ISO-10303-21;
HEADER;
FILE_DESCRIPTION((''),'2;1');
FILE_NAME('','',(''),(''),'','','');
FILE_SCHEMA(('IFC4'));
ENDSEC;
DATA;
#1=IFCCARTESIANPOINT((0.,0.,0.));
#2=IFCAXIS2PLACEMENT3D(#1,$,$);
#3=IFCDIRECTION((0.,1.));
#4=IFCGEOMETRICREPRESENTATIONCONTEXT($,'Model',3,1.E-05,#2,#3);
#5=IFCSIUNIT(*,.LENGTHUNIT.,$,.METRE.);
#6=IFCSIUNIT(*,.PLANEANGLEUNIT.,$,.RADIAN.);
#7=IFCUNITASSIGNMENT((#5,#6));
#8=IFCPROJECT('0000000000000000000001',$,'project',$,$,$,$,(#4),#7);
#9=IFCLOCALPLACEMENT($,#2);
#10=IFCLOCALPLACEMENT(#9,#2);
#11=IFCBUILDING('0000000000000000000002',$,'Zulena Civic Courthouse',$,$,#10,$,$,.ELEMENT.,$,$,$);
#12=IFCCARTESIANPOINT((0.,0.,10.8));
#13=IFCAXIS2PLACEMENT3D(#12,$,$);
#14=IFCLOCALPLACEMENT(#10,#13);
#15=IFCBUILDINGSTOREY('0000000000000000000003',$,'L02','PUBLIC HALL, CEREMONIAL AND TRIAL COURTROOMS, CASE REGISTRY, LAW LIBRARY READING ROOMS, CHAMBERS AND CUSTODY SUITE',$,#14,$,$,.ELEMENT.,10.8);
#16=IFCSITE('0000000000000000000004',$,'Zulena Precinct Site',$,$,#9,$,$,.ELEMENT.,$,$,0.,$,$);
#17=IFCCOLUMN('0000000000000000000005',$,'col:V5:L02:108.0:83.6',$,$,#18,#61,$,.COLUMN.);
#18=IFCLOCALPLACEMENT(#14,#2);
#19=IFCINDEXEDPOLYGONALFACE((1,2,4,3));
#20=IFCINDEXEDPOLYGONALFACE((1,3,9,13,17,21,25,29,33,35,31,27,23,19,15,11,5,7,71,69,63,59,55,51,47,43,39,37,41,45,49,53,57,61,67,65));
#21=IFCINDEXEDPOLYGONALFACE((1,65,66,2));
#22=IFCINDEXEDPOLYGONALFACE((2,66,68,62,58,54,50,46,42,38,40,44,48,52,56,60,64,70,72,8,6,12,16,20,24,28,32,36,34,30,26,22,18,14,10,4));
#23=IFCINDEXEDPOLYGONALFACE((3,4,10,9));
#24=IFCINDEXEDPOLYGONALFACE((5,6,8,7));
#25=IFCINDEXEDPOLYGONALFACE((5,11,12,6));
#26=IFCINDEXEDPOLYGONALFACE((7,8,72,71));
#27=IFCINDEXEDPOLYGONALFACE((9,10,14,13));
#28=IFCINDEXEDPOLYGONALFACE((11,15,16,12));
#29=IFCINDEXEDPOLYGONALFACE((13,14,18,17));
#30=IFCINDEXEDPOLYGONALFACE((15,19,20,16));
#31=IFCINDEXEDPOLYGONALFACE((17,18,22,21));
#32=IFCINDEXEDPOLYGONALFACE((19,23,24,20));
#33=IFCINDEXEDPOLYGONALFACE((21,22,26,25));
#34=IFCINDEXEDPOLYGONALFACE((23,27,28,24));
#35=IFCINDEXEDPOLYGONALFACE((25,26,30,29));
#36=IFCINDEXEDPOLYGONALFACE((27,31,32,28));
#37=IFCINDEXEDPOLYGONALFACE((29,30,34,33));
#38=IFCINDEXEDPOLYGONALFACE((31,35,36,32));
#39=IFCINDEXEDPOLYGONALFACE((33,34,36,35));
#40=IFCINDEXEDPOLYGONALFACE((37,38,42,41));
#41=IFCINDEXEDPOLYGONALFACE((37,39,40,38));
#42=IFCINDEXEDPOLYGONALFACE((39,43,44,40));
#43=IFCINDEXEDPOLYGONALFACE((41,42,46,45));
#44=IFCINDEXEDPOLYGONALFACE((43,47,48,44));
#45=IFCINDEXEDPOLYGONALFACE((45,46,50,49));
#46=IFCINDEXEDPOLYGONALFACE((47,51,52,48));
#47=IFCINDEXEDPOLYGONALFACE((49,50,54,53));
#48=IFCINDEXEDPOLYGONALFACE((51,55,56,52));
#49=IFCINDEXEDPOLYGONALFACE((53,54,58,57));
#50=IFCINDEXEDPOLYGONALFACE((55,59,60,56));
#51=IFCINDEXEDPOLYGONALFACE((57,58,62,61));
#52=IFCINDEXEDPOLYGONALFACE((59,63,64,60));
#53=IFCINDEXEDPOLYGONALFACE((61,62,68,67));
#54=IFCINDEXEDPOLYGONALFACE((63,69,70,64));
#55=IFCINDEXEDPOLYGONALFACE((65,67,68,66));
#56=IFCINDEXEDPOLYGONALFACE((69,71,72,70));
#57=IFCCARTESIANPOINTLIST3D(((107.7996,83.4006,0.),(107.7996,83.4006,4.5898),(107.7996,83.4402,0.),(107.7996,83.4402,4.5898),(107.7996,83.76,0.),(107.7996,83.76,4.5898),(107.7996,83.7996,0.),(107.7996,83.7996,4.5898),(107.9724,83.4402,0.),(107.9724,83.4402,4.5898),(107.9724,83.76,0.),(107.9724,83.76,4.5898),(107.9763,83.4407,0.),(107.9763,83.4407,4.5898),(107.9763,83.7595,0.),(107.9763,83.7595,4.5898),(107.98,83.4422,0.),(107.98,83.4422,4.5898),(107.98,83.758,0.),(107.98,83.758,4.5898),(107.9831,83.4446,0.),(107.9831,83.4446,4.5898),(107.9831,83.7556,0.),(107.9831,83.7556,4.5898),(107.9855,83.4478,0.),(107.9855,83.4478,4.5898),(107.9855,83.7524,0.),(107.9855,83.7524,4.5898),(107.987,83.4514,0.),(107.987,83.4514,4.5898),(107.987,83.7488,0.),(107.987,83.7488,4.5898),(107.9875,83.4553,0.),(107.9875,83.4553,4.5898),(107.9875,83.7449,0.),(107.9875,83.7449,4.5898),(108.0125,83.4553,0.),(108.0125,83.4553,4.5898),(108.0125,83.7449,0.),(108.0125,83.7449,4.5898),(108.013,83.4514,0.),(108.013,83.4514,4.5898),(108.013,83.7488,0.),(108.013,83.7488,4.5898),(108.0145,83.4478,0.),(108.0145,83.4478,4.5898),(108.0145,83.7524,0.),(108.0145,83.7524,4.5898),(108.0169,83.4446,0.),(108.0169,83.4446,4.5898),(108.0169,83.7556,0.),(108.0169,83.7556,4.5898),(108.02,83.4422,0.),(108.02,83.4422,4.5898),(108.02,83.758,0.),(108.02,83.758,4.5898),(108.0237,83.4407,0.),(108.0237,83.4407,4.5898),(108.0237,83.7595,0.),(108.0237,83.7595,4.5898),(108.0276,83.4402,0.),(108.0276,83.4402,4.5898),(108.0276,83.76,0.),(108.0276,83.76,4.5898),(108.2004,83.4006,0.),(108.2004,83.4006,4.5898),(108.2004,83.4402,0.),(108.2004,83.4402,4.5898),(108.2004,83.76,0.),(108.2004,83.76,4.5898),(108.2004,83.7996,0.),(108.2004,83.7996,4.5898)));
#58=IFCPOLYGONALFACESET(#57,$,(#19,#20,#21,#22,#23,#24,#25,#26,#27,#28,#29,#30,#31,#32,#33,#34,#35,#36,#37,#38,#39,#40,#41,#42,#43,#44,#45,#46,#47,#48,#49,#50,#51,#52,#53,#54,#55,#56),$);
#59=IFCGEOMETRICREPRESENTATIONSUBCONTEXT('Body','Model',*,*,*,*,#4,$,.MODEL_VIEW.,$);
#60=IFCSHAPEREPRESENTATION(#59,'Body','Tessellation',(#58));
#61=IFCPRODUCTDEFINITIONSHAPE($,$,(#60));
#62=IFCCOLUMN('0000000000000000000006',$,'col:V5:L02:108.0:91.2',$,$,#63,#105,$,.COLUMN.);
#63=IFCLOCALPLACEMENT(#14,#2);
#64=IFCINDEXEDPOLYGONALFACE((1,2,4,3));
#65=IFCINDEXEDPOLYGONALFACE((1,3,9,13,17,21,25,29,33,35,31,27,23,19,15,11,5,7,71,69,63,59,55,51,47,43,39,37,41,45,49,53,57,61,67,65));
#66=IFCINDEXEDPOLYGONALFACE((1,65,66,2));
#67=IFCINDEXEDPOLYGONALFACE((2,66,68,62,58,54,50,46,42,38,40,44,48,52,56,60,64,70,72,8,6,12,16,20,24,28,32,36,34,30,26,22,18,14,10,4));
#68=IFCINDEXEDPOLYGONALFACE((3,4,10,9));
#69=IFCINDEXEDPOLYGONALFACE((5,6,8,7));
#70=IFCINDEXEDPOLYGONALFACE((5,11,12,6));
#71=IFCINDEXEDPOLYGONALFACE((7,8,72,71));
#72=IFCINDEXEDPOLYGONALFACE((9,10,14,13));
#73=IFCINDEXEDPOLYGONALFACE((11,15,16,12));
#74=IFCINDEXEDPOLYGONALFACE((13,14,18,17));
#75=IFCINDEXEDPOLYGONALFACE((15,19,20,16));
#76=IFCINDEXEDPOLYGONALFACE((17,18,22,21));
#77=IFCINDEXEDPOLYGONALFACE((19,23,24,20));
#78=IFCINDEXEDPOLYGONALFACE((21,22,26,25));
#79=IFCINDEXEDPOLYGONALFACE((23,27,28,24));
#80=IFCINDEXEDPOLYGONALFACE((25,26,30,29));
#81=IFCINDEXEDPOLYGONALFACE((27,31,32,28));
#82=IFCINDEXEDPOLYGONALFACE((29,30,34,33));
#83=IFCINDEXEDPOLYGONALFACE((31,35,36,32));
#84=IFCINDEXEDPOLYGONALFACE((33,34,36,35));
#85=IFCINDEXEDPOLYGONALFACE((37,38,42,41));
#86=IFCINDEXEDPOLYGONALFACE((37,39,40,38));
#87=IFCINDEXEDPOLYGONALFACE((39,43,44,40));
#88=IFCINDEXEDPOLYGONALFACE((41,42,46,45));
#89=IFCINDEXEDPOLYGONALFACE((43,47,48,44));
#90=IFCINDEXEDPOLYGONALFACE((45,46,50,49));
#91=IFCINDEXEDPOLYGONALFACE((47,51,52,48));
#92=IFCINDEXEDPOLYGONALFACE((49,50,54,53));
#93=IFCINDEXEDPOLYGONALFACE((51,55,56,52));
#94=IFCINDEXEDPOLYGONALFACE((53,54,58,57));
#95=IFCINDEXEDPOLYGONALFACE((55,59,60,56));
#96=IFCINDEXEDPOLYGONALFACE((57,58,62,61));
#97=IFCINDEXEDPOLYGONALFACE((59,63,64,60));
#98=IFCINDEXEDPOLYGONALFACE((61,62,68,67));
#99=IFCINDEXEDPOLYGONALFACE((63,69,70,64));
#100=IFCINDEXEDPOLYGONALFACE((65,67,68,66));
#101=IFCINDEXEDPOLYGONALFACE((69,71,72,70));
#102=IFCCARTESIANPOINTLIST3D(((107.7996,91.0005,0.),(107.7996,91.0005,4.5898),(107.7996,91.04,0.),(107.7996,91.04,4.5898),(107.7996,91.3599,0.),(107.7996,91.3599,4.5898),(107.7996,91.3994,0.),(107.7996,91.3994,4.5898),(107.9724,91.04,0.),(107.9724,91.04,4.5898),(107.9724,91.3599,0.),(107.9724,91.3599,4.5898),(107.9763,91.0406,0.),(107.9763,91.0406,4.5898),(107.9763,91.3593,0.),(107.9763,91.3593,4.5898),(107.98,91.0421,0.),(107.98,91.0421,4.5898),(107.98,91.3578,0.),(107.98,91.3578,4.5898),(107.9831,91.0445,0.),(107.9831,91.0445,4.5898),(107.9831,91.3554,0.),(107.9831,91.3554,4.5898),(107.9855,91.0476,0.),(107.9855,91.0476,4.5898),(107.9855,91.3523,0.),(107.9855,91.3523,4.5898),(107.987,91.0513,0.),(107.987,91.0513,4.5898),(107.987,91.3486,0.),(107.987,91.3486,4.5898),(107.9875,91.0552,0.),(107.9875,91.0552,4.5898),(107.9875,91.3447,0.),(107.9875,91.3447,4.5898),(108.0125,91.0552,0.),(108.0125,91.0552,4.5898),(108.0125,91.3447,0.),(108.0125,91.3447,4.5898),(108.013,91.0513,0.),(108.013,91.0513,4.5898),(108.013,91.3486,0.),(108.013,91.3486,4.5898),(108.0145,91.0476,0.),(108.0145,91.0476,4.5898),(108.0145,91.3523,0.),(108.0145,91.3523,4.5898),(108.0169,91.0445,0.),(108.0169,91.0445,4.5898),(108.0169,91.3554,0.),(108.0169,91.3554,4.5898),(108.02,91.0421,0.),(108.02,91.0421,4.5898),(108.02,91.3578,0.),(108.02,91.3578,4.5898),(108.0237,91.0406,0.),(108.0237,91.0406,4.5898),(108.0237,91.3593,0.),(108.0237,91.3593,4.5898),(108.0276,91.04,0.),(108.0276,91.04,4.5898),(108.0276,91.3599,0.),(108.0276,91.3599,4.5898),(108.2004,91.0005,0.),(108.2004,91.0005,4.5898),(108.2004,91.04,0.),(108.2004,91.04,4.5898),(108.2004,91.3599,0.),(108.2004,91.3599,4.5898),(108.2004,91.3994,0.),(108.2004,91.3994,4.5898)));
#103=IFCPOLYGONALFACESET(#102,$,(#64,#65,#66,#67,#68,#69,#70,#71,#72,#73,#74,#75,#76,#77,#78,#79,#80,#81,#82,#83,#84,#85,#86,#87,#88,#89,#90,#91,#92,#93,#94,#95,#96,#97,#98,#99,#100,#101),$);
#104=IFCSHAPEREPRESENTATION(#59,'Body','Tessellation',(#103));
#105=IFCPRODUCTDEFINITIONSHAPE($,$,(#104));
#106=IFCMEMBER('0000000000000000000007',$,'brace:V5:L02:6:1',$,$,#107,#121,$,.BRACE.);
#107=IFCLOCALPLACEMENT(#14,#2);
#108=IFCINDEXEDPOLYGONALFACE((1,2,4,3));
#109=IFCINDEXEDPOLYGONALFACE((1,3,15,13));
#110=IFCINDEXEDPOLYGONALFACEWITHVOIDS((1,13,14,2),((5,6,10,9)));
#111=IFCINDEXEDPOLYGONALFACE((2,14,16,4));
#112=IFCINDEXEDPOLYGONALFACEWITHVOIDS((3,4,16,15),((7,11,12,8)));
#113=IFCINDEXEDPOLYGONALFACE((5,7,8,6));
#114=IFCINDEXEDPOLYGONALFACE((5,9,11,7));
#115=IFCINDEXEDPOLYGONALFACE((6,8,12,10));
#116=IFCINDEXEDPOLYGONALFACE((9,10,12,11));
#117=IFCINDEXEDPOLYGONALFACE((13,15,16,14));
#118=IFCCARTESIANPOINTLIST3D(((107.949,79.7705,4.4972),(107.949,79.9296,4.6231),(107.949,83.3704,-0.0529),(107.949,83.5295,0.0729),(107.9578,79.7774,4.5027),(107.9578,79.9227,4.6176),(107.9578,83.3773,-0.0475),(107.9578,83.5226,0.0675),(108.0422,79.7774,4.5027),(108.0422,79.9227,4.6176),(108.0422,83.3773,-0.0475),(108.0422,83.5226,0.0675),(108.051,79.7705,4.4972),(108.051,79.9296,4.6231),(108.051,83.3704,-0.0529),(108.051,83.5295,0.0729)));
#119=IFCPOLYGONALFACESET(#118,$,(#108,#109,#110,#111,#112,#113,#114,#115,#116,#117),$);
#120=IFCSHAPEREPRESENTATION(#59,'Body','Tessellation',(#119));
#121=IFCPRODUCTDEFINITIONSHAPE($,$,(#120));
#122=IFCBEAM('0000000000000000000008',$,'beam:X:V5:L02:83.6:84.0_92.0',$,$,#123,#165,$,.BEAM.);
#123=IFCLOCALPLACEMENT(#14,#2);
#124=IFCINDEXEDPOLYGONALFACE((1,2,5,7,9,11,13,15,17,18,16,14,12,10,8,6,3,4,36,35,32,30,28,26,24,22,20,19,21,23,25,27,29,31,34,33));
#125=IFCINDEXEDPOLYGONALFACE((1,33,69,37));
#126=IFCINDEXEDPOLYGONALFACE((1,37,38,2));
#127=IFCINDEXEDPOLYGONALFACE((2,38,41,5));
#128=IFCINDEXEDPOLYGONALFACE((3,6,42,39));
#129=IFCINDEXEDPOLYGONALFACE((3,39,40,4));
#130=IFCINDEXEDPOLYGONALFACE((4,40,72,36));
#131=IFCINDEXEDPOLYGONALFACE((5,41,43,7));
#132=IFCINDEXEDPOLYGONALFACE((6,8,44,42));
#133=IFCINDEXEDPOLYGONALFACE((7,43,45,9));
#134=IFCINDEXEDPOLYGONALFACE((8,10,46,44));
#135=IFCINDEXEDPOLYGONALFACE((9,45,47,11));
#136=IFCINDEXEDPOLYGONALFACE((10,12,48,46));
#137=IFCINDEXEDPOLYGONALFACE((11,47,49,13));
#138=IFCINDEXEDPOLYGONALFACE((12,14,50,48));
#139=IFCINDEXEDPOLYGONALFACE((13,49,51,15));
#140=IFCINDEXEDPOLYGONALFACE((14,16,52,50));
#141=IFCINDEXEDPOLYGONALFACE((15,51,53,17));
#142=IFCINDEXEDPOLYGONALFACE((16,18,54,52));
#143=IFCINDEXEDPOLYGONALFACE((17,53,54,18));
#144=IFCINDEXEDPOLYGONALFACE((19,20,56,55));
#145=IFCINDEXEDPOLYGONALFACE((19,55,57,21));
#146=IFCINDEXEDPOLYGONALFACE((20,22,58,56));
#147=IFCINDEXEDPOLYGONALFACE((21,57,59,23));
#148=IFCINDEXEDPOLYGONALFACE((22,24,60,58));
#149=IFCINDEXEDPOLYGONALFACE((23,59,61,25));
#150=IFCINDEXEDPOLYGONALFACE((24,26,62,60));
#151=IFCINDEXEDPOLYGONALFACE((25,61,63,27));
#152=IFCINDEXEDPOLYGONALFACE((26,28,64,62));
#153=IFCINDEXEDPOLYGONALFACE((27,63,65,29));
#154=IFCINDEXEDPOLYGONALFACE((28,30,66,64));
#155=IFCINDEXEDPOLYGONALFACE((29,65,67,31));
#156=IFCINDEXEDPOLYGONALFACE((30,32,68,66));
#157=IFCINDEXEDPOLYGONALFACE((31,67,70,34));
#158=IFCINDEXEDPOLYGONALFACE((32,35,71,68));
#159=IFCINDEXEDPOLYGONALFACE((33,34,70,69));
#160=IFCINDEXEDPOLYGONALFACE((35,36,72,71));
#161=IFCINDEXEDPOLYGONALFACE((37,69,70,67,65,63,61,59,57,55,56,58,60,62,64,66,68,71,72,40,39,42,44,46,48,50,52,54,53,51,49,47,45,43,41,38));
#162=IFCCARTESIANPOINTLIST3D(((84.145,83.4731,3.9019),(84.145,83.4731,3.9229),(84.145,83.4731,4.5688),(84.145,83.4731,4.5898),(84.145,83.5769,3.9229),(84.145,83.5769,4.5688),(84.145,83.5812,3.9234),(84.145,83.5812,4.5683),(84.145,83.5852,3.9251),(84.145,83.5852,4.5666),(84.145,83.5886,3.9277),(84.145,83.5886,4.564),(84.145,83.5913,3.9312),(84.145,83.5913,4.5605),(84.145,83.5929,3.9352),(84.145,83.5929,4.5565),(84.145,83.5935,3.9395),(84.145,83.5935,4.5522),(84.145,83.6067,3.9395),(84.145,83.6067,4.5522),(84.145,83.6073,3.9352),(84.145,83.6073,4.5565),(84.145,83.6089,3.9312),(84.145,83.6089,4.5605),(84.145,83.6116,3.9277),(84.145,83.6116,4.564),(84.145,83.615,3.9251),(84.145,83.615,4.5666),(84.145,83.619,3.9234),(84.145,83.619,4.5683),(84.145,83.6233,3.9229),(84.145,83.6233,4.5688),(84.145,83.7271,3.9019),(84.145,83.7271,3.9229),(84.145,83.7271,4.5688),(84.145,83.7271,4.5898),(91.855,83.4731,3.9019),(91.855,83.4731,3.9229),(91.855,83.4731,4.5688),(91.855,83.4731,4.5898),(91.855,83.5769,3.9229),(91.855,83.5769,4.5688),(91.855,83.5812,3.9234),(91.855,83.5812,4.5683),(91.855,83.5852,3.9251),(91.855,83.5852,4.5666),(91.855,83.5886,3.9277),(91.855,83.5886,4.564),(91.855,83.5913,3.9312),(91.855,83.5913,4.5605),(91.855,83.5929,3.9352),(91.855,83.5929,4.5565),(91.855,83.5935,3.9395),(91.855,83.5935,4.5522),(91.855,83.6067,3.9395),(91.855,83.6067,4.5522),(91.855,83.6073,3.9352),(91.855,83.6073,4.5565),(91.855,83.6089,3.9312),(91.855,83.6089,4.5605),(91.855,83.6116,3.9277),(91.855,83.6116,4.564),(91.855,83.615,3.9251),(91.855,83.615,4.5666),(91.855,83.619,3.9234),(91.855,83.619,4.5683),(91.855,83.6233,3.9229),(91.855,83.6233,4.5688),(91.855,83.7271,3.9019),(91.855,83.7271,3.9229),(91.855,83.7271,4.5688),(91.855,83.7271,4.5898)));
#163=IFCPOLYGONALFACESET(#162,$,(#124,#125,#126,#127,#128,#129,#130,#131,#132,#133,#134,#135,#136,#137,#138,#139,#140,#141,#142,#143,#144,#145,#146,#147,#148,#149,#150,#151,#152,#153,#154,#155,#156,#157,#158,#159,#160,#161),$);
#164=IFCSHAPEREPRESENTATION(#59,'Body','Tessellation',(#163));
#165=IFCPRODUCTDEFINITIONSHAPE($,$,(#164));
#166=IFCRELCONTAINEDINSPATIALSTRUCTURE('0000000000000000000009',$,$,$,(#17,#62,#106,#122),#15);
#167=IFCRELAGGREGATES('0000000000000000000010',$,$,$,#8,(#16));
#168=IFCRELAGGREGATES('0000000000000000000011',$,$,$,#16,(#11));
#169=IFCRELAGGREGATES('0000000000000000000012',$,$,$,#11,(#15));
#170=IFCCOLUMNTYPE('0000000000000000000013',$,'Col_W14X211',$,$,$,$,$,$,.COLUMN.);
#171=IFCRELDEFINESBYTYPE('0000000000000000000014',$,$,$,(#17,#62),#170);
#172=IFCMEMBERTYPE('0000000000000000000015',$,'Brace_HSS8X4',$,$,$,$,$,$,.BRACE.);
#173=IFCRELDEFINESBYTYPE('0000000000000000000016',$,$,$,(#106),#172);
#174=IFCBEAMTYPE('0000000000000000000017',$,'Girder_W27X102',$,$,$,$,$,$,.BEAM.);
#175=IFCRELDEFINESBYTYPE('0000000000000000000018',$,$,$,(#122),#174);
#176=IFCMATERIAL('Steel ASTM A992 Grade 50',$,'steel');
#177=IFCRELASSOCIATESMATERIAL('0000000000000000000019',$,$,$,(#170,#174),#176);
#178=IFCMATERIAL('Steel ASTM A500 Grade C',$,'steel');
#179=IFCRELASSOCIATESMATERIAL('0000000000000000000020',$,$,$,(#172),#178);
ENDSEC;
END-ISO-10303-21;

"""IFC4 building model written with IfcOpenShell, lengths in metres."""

from ifc_helpers import new_model, si_unit, direction, frame, origin, origin_2d, place, context, subcontext, project, spatial, hollow_rectangle, i_section, extrude, material, material_profile, profile_set, type_object, element, save


model = new_model("IFC4")

# Units and contexts
model_context = context("Model", 3, precision=1e-05, world=origin(), true_north=direction((0.0, 1.0)))
body_context = subcontext(model_context, "Body", "Model", "MODEL_VIEW")
ifc_project = project(units=[si_unit("LENGTHUNIT", "METRE"), si_unit("PLANEANGLEUNIT", "RADIAN")], contexts=[model_context])

# Site, building, storey
site_placement = place(None, origin())
site = spatial("IfcSite", under=ifc_project, at=site_placement, Name="Zulena Precinct Site", CompositionType="ELEMENT", RefElevation=0.0)
building_placement = place(site_placement, origin())
building = spatial("IfcBuilding", under=site, at=building_placement, Name="Zulena Civic Courthouse", CompositionType="ELEMENT")
storey_placement = place(building_placement, frame((0.0, 0.0, 10.8)))
storey = spatial("IfcBuildingStorey", under=building, at=storey_placement, Name="L02", Description="PUBLIC HALL, CEREMONIAL AND TRIAL COURTROOMS, CASE REGISTRY, LAW LIBRARY READING ROOMS, CHAMBERS AND CUSTODY SUITE", CompositionType="ELEMENT", Elevation=10.8)

# Columns
ifc_material_1 = material(Name="Steel ASTM A992 Grade 50", Category="steel")
ifc_material_profile_1 = material_profile(ifc_material_1, i_section(OverallWidth=0.4009, OverallDepth=0.3989, WebThickness=0.0249, FlangeThickness=0.0396, FilletRadius=0.0151, at=origin_2d()), Name="W14X211")
ifc_profile_set_1 = profile_set([ifc_material_profile_1], Name="Steel ASTM A992 Grade 50")
column_type_1 = type_object("IfcColumnType", Name="Col_W14X211", PredefinedType="COLUMN", material=ifc_profile_set_1)
for number, where, z_axis, x_axis, name in (
    (1, (108.0, 83.6001, 0.0), (0.0, 0.0, 1.0), (1.0, 0.0, 0.0), "col:V5:L02:108.0:83.6"),
    (2, (108.0, 91.2, 0.0), (0.0, 0.0, 1.0), (1.0, 0.0, 0.0), "col:V5:L02:108.0:91.2"),
):
    element("IfcColumn", number, at=place(storey_placement, frame(where, z_axis=z_axis, x_axis=x_axis)), inside=storey, type_object=column_type_1, Name=name, PredefinedType="COLUMN", context=body_context, shape_type="SweptSolid", body=[
        extrude(i_section(OverallWidth=0.4009, OverallDepth=0.3989, WebThickness=0.0249, FlangeThickness=0.0396, FilletRadius=0.0151, at=origin_2d()), origin(), (0.0, 0.0, 1.0), 4.5898),
    ])

# Member
ifc_material_2 = material(Name="Steel ASTM A500 Grade C", Category="steel")
ifc_material_profile_2 = material_profile(ifc_material_2, hollow_rectangle(XDim=0.1021, YDim=0.2029, WallThickness=0.0088, at=origin_2d()), Name="HSS8X4X3/8")
ifc_profile_set_2 = profile_set([ifc_material_profile_2], Name="Steel ASTM A500 Grade C")
member_type = type_object("IfcMemberType", Name="Brace_HSS8X4", PredefinedType="BRACE", material=ifc_profile_set_2)
member_placement = place(storey_placement, frame((108.0, 83.45, 0.01), z_axis=(0.0, -0.620463, 0.784236), x_axis=(1.0, 0.0, 0.0)))
element("IfcMember", 3, at=member_placement, inside=storey, type_object=member_type, Name="brace:V5:L02:6:1", PredefinedType="BRACE", context=body_context, shape_type="SweptSolid", body=[
    extrude(hollow_rectangle(XDim=0.1021, YDim=0.2029, WallThickness=0.0088, at=origin_2d()), origin(), (0.0, 0.0, 1.0), 5.802),
])

# Beam
ifc_material_profile_3 = material_profile(ifc_material_1, i_section(OverallWidth=0.2539, OverallDepth=0.688, WebThickness=0.0132, FlangeThickness=0.021, FilletRadius=0.0166, at=origin_2d()), Name="W27X102")
ifc_profile_set_3 = profile_set([ifc_material_profile_3], Name="Steel ASTM A992 Grade 50")
beam_type_1 = type_object("IfcBeamType", Name="Girder_W27X102", PredefinedType="BEAM", material=ifc_profile_set_3)
for number, where, z_axis, x_axis, name in (
    (4, (84.145, 83.6001, 4.2458), (1.0, 0.0, 0.0), (0.0, 1.0, 0.0), "beam:X:V5:L02:83.6:84.0_92.0"),
):
    element("IfcBeam", number, at=place(storey_placement, frame(where, z_axis=z_axis, x_axis=x_axis)), inside=storey, type_object=beam_type_1, Name=name, PredefinedType="BEAM", context=body_context, shape_type="SweptSolid", body=[
        extrude(i_section(OverallWidth=0.2539, OverallDepth=0.688, WebThickness=0.0132, FlangeThickness=0.021, FilletRadius=0.0166, at=origin_2d()), origin(), (0.0, 0.0, 1.0), 7.71),
    ])

save(model, "model.ifc")
